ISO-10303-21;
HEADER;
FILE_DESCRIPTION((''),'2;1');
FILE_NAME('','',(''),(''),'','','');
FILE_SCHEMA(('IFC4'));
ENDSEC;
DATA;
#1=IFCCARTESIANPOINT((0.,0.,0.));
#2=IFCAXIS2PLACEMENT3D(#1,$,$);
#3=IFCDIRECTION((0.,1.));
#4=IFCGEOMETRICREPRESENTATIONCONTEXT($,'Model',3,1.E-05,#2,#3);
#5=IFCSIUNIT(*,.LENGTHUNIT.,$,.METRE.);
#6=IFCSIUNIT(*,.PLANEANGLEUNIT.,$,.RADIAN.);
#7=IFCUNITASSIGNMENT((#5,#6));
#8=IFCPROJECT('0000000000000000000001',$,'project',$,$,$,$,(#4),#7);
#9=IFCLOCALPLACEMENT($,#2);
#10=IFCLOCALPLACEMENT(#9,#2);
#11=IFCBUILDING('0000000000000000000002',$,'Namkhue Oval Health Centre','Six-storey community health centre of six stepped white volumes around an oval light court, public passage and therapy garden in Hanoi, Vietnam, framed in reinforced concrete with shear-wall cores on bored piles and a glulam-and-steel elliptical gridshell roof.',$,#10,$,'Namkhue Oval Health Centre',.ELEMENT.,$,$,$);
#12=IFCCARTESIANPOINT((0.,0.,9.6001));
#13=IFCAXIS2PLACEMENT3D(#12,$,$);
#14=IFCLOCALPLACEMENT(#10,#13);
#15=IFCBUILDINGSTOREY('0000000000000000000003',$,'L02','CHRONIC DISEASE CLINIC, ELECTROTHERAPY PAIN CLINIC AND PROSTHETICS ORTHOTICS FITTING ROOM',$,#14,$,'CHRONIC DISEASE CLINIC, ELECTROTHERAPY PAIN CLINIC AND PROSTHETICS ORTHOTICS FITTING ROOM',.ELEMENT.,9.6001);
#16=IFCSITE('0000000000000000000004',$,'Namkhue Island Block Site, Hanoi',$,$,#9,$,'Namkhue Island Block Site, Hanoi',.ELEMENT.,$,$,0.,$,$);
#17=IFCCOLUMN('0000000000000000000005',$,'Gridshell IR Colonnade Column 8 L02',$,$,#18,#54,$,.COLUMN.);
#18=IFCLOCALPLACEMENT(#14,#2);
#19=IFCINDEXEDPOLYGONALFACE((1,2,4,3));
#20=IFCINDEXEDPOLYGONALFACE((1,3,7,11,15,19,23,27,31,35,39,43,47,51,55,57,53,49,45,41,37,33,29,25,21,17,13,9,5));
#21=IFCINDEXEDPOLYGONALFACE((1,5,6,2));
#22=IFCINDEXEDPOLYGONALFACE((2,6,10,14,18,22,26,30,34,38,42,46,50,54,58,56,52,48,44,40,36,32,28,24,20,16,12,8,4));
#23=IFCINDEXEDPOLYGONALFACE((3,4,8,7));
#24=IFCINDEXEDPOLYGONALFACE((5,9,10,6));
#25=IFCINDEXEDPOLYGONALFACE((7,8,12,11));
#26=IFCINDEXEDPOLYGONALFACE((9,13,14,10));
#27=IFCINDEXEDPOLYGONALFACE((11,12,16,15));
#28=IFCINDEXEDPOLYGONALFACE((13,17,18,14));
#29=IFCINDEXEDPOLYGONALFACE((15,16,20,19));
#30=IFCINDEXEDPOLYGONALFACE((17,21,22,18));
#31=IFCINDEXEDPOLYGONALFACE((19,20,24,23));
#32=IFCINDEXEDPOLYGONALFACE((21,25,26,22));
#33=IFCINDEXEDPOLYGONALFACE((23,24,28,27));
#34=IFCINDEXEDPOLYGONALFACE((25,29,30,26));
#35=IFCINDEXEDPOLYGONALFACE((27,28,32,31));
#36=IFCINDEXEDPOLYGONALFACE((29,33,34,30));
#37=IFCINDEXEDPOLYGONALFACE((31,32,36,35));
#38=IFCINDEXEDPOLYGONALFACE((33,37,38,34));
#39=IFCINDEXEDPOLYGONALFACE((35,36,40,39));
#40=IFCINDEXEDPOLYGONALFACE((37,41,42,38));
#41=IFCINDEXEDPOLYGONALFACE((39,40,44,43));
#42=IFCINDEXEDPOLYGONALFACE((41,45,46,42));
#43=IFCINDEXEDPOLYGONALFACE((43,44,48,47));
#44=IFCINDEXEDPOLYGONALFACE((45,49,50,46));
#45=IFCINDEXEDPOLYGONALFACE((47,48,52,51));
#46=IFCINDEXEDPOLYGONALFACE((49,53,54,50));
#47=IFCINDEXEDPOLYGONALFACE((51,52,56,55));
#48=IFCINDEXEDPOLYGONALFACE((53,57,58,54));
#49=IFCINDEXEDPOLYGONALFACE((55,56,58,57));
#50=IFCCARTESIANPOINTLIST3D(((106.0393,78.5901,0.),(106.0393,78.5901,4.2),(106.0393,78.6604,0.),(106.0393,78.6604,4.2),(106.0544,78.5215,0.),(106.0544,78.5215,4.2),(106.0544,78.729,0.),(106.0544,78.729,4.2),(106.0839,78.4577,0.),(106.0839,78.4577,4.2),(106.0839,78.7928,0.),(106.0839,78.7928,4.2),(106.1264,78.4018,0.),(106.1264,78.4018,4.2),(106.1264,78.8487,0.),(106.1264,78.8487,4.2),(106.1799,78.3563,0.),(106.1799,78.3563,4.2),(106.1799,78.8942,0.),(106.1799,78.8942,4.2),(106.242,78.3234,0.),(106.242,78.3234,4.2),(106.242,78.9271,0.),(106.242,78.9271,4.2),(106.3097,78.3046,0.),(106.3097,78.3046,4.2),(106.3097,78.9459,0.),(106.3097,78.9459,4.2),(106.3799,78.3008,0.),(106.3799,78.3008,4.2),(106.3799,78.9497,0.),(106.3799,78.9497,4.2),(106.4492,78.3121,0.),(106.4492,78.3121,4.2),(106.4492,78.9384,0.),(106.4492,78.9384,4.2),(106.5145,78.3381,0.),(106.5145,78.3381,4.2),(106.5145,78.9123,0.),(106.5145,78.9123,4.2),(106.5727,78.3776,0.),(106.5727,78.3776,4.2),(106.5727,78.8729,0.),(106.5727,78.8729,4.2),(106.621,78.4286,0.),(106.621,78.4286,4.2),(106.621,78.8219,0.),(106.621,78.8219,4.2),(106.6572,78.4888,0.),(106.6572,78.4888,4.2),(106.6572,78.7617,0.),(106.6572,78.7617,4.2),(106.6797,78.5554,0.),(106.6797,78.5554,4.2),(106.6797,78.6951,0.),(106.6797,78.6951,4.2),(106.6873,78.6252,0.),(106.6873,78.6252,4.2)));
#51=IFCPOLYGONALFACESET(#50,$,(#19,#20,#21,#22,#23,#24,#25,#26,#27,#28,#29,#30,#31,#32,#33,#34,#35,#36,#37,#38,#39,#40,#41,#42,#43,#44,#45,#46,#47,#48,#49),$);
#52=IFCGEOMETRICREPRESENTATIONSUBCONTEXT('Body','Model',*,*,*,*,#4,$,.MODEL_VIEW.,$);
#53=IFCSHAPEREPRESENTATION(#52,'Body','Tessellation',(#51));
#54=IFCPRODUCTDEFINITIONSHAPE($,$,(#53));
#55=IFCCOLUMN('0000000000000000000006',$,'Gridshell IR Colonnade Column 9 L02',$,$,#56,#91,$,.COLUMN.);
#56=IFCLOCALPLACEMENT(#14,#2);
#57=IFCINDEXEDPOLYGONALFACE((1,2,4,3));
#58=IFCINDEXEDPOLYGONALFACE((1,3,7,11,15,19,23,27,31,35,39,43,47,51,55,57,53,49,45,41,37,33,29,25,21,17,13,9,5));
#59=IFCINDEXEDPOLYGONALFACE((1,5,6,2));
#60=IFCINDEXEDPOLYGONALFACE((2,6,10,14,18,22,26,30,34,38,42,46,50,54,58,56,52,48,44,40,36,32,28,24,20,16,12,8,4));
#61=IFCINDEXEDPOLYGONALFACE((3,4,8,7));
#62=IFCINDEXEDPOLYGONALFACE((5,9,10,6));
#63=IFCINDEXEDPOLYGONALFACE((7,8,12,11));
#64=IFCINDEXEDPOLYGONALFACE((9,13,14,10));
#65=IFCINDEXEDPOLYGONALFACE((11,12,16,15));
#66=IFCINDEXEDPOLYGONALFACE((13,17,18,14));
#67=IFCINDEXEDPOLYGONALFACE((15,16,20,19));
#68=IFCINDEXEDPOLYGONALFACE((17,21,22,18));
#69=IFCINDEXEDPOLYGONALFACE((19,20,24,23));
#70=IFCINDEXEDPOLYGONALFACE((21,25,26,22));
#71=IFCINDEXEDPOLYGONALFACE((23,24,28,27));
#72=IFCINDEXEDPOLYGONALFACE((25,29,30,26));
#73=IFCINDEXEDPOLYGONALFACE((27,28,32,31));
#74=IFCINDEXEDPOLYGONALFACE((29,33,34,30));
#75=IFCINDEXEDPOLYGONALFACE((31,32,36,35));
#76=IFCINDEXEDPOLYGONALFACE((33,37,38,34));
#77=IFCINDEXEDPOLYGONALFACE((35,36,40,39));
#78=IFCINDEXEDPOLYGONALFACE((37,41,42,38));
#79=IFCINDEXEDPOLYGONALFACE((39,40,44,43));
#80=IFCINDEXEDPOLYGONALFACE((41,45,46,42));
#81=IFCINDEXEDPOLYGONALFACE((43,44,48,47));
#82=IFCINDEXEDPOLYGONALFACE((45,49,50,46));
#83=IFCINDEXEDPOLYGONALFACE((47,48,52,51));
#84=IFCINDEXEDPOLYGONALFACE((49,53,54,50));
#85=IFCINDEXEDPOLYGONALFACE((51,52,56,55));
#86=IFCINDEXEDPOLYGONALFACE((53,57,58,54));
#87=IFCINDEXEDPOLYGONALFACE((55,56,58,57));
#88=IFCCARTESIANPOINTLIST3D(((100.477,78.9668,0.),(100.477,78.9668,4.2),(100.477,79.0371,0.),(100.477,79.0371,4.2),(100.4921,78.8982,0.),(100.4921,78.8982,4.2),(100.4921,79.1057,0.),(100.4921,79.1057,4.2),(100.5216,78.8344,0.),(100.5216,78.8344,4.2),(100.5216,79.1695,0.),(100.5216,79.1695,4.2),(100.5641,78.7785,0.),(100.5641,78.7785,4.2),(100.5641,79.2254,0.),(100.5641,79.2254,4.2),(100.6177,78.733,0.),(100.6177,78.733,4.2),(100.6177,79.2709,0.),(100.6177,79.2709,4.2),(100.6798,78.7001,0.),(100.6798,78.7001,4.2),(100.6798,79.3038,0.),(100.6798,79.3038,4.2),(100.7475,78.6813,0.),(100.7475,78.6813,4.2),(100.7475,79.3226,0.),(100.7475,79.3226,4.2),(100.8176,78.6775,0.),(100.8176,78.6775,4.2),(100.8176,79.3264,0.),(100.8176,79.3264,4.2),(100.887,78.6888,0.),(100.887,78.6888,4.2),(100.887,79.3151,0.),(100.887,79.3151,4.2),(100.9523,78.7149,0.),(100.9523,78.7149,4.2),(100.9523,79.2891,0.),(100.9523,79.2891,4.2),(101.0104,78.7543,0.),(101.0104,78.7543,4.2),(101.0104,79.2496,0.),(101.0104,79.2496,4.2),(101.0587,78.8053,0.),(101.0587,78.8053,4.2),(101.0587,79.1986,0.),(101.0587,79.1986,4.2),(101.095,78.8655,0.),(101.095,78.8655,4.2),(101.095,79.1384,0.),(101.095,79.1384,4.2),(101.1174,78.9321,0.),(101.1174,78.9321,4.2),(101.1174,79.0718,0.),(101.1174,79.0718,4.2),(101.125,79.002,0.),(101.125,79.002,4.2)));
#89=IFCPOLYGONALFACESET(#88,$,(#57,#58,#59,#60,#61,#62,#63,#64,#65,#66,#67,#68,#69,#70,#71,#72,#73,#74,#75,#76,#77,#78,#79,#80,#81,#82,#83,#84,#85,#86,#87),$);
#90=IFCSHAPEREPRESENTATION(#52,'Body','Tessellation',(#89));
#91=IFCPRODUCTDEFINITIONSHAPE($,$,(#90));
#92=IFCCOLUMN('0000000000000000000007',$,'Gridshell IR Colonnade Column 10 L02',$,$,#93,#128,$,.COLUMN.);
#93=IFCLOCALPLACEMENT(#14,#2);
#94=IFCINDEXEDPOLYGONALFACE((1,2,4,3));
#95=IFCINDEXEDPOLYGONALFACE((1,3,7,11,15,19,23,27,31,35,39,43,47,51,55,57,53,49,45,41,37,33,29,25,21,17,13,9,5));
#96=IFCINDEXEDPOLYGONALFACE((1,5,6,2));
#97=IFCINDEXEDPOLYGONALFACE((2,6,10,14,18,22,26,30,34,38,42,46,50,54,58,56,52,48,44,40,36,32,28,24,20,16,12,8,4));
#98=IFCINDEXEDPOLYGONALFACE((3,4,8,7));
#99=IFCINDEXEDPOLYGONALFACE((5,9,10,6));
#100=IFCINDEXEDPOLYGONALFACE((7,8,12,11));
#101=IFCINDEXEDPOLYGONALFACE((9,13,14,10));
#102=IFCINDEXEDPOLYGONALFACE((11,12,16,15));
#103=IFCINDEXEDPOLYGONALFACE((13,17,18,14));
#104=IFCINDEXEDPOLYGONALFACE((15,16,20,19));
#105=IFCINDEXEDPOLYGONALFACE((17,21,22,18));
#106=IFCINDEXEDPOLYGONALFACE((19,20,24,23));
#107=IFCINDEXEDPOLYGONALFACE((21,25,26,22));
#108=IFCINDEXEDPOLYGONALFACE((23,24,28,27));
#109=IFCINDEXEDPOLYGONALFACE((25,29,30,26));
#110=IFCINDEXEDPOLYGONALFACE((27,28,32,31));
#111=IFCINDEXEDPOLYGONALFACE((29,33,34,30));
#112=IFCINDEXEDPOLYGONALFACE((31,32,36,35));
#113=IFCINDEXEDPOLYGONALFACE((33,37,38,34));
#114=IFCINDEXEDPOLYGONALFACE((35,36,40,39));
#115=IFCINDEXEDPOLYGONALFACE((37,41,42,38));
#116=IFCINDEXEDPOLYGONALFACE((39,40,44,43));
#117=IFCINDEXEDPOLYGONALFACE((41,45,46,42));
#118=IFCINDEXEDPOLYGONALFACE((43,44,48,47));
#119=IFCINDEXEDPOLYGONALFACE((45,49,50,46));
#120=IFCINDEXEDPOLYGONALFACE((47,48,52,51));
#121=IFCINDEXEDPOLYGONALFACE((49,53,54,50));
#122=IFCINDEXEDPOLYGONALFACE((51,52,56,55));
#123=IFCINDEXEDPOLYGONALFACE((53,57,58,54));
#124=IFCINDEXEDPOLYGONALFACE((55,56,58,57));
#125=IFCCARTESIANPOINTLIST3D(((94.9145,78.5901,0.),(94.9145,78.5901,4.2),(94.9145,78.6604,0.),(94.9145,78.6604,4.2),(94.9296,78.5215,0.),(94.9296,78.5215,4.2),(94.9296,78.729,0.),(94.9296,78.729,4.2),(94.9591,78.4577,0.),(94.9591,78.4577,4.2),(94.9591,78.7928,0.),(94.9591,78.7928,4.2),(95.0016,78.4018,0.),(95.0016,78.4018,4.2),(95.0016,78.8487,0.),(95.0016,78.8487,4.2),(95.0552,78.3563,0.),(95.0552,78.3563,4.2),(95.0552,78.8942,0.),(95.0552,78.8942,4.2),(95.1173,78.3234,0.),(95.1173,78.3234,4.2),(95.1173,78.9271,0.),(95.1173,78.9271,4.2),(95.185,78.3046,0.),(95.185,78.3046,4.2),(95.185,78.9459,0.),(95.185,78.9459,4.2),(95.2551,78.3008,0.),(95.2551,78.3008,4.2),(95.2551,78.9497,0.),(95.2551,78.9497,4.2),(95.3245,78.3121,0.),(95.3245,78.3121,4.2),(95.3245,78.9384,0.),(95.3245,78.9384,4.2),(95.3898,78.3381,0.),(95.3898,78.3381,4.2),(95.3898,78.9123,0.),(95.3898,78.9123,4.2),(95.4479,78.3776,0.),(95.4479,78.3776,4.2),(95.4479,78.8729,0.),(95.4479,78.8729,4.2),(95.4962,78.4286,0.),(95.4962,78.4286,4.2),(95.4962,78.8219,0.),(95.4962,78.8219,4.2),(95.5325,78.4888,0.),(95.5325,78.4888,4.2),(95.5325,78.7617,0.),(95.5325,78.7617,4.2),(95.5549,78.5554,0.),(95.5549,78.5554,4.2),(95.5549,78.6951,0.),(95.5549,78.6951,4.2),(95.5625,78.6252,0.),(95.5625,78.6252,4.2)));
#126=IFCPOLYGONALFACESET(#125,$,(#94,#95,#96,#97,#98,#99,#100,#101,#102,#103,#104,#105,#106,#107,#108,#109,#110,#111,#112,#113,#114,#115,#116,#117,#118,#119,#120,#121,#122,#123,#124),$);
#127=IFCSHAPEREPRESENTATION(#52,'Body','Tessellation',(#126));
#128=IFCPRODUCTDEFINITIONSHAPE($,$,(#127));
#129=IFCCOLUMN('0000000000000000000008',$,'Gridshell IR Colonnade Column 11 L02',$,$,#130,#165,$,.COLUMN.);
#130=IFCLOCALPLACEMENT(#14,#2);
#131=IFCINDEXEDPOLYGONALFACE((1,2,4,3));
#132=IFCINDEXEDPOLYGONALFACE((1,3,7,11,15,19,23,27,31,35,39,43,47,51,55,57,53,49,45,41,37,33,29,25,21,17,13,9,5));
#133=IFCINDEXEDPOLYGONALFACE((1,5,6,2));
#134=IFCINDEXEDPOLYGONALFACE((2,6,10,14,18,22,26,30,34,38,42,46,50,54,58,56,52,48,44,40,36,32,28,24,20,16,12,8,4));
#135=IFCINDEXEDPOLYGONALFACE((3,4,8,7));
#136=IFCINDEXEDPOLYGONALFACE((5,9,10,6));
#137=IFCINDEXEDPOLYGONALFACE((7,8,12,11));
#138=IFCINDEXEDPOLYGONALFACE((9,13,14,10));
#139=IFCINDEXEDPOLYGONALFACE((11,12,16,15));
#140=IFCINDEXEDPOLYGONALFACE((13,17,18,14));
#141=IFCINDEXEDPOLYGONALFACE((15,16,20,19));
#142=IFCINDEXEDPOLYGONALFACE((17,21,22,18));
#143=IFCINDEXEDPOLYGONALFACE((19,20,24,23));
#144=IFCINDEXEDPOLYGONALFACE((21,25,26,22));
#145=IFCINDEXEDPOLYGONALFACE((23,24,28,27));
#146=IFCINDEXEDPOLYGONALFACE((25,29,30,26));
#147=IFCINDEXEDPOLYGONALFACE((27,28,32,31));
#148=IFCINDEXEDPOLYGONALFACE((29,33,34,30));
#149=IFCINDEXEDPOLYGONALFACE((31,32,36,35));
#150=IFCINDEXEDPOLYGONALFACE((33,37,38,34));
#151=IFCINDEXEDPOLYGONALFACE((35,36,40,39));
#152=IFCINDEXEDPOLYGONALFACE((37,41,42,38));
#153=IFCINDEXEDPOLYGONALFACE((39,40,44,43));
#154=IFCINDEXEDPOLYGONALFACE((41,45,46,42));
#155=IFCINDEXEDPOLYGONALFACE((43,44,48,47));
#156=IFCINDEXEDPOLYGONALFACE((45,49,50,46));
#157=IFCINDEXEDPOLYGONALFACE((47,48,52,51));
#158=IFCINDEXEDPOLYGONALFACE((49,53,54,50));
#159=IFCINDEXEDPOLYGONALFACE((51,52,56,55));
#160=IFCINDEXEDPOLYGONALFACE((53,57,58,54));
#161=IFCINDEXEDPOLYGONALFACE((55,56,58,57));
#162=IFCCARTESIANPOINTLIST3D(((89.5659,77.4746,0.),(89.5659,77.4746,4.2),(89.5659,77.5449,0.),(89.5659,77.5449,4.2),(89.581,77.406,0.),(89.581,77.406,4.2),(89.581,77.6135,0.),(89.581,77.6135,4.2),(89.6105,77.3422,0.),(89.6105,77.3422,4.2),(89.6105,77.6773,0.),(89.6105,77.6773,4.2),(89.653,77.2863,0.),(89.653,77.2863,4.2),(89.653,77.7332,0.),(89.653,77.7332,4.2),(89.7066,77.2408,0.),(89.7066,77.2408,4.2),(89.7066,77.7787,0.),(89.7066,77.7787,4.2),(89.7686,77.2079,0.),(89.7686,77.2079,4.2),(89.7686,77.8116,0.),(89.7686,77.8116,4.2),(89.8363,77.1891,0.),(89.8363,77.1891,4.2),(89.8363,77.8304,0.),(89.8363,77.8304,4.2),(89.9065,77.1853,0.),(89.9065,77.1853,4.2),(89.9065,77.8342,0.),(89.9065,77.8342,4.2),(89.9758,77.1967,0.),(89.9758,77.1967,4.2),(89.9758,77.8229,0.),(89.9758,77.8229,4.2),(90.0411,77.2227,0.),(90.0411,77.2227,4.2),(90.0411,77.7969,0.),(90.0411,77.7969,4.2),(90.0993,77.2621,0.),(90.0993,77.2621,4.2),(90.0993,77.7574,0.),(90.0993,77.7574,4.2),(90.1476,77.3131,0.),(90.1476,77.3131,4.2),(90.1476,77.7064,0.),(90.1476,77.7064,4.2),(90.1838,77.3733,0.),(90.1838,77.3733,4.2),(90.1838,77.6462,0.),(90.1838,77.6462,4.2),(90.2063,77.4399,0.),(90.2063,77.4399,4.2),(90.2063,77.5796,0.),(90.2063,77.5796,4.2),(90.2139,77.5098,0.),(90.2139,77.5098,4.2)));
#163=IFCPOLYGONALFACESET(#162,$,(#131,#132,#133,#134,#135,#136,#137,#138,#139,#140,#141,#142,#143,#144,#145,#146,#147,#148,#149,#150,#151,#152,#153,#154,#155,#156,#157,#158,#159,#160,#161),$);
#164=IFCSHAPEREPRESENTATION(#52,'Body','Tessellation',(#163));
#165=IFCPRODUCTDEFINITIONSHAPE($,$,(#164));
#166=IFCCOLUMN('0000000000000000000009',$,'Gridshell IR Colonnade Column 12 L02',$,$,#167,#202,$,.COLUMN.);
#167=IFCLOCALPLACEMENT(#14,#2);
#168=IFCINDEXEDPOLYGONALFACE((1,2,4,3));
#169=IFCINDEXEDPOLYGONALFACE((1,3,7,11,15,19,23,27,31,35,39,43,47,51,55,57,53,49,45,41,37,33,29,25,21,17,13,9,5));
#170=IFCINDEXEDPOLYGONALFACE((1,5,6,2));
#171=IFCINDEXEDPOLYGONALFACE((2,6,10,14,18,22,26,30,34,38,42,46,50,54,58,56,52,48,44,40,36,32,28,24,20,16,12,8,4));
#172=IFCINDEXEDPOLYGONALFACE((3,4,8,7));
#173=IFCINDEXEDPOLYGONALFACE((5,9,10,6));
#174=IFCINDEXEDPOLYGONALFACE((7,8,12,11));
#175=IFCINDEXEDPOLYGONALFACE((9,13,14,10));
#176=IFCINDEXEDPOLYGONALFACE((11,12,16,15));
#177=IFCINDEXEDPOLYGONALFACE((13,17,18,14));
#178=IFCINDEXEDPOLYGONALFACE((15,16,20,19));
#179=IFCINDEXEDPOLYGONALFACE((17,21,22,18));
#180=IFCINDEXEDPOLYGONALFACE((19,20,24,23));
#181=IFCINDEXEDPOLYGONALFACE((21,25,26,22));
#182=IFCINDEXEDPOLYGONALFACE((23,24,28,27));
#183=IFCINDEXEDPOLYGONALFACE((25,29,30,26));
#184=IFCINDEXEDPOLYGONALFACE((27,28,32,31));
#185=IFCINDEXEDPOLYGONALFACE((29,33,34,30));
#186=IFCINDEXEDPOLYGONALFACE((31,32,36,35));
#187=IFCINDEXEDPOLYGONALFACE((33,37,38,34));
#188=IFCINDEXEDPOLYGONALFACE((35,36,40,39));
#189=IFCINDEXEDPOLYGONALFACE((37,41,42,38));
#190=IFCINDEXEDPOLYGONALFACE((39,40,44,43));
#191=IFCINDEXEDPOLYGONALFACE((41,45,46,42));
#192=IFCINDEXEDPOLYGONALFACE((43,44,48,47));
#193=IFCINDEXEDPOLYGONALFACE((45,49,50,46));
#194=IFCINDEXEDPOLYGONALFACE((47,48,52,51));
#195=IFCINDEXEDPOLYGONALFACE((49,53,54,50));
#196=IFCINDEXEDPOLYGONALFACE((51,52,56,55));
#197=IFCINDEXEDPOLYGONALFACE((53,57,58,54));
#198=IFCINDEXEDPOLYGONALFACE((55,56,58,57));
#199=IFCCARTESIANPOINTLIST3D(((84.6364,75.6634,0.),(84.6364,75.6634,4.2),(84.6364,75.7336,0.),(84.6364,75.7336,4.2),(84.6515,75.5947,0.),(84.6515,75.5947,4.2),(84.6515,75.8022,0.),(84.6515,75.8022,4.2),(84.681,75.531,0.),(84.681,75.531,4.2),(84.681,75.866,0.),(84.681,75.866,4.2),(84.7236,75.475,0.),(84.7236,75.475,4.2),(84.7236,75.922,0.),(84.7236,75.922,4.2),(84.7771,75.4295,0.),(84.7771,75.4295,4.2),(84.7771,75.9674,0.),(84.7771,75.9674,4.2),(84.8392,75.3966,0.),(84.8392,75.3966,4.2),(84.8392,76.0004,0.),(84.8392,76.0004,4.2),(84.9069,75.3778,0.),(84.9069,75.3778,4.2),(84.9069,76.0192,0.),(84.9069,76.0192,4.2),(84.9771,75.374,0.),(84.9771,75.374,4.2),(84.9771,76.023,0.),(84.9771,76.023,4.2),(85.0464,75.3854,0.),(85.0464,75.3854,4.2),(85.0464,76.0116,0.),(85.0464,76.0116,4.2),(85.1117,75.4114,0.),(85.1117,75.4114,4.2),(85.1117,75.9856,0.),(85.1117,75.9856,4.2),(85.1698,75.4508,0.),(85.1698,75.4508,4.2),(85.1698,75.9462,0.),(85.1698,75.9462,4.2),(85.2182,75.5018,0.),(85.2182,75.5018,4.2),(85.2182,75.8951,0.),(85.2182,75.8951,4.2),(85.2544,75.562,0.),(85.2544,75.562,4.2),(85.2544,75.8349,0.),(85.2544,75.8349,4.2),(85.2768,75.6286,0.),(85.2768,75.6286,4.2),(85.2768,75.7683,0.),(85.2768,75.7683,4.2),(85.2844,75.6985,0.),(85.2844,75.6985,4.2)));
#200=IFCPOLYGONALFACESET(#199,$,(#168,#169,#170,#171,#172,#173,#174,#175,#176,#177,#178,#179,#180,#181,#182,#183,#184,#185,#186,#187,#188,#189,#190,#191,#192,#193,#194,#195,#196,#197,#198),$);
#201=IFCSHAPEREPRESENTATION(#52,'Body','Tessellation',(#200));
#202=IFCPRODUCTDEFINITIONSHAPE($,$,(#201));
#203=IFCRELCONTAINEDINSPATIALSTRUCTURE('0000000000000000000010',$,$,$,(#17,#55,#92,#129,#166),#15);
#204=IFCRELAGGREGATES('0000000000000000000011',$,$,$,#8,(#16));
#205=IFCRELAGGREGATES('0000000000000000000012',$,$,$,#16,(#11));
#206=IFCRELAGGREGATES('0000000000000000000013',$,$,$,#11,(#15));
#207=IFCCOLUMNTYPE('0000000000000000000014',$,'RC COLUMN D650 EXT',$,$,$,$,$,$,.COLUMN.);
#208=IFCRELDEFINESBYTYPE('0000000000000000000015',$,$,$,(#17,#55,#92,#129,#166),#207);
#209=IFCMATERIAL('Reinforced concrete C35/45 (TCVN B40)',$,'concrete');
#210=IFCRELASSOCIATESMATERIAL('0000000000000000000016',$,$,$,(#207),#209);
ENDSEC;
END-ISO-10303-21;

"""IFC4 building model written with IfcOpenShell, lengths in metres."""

from ifc_helpers import new_model, si_unit, direction, frame, origin, origin_2d, place, context, subcontext, project, spatial, circle, extrude, material, material_profile, profile_set, type_object, element, save


model = new_model("IFC4")

# Units and contexts
model_context = context("Model", 3, precision=1e-05, world=origin(), true_north=direction((0.0, 1.0)))
body_context = subcontext(model_context, "Body", "Model", "MODEL_VIEW")
ifc_project = project(units=[si_unit("LENGTHUNIT", "METRE"), si_unit("PLANEANGLEUNIT", "RADIAN")], contexts=[model_context])

# Site, building, storey
site_placement = place(None, origin())
site = spatial("IfcSite", under=ifc_project, at=site_placement, Name="Namkhue Island Block Site, Hanoi", LongName="Namkhue Island Block Site, Hanoi", CompositionType="ELEMENT", RefElevation=0.0)
building_placement = place(site_placement, origin())
building = spatial("IfcBuilding", under=site, at=building_placement, Name="Namkhue Oval Health Centre", Description="Six-storey community health centre of six stepped white volumes around an oval light court, public passage and therapy garden in Hanoi, Vietnam, framed in reinforced concrete with shear-wall cores on bored piles and a glulam-and-steel elliptical gridshell roof.", LongName="Namkhue Oval Health Centre", CompositionType="ELEMENT")
storey_placement = place(building_placement, frame((0.0, 0.0, 9.6001)))
storey = spatial("IfcBuildingStorey", under=building, at=storey_placement, Name="L02", Description="CHRONIC DISEASE CLINIC, ELECTROTHERAPY PAIN CLINIC AND PROSTHETICS ORTHOTICS FITTING ROOM", LongName="CHRONIC DISEASE CLINIC, ELECTROTHERAPY PAIN CLINIC AND PROSTHETICS ORTHOTICS FITTING ROOM", CompositionType="ELEMENT", Elevation=9.6001)

# Columns
ifc_material_1 = material(Name="Reinforced concrete C35/45 (TCVN B40)", Category="concrete")
ifc_material_profile = material_profile(ifc_material_1, circle(Radius=0.325, at=origin_2d()), Name="RC D650")
ifc_profile_set = profile_set([ifc_material_profile], Name="Reinforced concrete C35/45 (TCVN B40)")
column_type = type_object("IfcColumnType", Name="RC COLUMN D650 EXT", PredefinedType="COLUMN", material=ifc_profile_set)
for number, where, z_axis, x_axis, name in (
    (1, (106.3623, 78.6252, 0.0), (0.0, 0.0, 1.0), (1.0, 0.0, 0.0), "Gridshell IR Colonnade Column 8 L02"),
    (2, (100.8, 79.002, 0.0), (0.0, 0.0, 1.0), (1.0, 0.0, 0.0), "Gridshell IR Colonnade Column 9 L02"),
    (3, (95.2375, 78.6252, 0.0), (0.0, 0.0, 1.0), (1.0, 0.0, 0.0), "Gridshell IR Colonnade Column 10 L02"),
    (4, (89.8889, 77.5098, 0.0), (0.0, 0.0, 1.0), (1.0, 0.0, 0.0), "Gridshell IR Colonnade Column 11 L02"),
    (5, (84.9595, 75.6985, 0.0), (0.0, 0.0, 1.0), (1.0, 0.0, 0.0), "Gridshell IR Colonnade Column 12 L02"),
):
    element("IfcColumn", number, at=place(storey_placement, frame(where, z_axis=z_axis, x_axis=x_axis)), inside=storey, type_object=column_type, Name=name, PredefinedType="COLUMN", context=body_context, shape_type="SweptSolid", body=[
        extrude(circle(Radius=0.325, at=origin_2d()), origin(), (0.0, 0.0, 1.0), 4.2),
    ])

save(model, "model.ifc")
